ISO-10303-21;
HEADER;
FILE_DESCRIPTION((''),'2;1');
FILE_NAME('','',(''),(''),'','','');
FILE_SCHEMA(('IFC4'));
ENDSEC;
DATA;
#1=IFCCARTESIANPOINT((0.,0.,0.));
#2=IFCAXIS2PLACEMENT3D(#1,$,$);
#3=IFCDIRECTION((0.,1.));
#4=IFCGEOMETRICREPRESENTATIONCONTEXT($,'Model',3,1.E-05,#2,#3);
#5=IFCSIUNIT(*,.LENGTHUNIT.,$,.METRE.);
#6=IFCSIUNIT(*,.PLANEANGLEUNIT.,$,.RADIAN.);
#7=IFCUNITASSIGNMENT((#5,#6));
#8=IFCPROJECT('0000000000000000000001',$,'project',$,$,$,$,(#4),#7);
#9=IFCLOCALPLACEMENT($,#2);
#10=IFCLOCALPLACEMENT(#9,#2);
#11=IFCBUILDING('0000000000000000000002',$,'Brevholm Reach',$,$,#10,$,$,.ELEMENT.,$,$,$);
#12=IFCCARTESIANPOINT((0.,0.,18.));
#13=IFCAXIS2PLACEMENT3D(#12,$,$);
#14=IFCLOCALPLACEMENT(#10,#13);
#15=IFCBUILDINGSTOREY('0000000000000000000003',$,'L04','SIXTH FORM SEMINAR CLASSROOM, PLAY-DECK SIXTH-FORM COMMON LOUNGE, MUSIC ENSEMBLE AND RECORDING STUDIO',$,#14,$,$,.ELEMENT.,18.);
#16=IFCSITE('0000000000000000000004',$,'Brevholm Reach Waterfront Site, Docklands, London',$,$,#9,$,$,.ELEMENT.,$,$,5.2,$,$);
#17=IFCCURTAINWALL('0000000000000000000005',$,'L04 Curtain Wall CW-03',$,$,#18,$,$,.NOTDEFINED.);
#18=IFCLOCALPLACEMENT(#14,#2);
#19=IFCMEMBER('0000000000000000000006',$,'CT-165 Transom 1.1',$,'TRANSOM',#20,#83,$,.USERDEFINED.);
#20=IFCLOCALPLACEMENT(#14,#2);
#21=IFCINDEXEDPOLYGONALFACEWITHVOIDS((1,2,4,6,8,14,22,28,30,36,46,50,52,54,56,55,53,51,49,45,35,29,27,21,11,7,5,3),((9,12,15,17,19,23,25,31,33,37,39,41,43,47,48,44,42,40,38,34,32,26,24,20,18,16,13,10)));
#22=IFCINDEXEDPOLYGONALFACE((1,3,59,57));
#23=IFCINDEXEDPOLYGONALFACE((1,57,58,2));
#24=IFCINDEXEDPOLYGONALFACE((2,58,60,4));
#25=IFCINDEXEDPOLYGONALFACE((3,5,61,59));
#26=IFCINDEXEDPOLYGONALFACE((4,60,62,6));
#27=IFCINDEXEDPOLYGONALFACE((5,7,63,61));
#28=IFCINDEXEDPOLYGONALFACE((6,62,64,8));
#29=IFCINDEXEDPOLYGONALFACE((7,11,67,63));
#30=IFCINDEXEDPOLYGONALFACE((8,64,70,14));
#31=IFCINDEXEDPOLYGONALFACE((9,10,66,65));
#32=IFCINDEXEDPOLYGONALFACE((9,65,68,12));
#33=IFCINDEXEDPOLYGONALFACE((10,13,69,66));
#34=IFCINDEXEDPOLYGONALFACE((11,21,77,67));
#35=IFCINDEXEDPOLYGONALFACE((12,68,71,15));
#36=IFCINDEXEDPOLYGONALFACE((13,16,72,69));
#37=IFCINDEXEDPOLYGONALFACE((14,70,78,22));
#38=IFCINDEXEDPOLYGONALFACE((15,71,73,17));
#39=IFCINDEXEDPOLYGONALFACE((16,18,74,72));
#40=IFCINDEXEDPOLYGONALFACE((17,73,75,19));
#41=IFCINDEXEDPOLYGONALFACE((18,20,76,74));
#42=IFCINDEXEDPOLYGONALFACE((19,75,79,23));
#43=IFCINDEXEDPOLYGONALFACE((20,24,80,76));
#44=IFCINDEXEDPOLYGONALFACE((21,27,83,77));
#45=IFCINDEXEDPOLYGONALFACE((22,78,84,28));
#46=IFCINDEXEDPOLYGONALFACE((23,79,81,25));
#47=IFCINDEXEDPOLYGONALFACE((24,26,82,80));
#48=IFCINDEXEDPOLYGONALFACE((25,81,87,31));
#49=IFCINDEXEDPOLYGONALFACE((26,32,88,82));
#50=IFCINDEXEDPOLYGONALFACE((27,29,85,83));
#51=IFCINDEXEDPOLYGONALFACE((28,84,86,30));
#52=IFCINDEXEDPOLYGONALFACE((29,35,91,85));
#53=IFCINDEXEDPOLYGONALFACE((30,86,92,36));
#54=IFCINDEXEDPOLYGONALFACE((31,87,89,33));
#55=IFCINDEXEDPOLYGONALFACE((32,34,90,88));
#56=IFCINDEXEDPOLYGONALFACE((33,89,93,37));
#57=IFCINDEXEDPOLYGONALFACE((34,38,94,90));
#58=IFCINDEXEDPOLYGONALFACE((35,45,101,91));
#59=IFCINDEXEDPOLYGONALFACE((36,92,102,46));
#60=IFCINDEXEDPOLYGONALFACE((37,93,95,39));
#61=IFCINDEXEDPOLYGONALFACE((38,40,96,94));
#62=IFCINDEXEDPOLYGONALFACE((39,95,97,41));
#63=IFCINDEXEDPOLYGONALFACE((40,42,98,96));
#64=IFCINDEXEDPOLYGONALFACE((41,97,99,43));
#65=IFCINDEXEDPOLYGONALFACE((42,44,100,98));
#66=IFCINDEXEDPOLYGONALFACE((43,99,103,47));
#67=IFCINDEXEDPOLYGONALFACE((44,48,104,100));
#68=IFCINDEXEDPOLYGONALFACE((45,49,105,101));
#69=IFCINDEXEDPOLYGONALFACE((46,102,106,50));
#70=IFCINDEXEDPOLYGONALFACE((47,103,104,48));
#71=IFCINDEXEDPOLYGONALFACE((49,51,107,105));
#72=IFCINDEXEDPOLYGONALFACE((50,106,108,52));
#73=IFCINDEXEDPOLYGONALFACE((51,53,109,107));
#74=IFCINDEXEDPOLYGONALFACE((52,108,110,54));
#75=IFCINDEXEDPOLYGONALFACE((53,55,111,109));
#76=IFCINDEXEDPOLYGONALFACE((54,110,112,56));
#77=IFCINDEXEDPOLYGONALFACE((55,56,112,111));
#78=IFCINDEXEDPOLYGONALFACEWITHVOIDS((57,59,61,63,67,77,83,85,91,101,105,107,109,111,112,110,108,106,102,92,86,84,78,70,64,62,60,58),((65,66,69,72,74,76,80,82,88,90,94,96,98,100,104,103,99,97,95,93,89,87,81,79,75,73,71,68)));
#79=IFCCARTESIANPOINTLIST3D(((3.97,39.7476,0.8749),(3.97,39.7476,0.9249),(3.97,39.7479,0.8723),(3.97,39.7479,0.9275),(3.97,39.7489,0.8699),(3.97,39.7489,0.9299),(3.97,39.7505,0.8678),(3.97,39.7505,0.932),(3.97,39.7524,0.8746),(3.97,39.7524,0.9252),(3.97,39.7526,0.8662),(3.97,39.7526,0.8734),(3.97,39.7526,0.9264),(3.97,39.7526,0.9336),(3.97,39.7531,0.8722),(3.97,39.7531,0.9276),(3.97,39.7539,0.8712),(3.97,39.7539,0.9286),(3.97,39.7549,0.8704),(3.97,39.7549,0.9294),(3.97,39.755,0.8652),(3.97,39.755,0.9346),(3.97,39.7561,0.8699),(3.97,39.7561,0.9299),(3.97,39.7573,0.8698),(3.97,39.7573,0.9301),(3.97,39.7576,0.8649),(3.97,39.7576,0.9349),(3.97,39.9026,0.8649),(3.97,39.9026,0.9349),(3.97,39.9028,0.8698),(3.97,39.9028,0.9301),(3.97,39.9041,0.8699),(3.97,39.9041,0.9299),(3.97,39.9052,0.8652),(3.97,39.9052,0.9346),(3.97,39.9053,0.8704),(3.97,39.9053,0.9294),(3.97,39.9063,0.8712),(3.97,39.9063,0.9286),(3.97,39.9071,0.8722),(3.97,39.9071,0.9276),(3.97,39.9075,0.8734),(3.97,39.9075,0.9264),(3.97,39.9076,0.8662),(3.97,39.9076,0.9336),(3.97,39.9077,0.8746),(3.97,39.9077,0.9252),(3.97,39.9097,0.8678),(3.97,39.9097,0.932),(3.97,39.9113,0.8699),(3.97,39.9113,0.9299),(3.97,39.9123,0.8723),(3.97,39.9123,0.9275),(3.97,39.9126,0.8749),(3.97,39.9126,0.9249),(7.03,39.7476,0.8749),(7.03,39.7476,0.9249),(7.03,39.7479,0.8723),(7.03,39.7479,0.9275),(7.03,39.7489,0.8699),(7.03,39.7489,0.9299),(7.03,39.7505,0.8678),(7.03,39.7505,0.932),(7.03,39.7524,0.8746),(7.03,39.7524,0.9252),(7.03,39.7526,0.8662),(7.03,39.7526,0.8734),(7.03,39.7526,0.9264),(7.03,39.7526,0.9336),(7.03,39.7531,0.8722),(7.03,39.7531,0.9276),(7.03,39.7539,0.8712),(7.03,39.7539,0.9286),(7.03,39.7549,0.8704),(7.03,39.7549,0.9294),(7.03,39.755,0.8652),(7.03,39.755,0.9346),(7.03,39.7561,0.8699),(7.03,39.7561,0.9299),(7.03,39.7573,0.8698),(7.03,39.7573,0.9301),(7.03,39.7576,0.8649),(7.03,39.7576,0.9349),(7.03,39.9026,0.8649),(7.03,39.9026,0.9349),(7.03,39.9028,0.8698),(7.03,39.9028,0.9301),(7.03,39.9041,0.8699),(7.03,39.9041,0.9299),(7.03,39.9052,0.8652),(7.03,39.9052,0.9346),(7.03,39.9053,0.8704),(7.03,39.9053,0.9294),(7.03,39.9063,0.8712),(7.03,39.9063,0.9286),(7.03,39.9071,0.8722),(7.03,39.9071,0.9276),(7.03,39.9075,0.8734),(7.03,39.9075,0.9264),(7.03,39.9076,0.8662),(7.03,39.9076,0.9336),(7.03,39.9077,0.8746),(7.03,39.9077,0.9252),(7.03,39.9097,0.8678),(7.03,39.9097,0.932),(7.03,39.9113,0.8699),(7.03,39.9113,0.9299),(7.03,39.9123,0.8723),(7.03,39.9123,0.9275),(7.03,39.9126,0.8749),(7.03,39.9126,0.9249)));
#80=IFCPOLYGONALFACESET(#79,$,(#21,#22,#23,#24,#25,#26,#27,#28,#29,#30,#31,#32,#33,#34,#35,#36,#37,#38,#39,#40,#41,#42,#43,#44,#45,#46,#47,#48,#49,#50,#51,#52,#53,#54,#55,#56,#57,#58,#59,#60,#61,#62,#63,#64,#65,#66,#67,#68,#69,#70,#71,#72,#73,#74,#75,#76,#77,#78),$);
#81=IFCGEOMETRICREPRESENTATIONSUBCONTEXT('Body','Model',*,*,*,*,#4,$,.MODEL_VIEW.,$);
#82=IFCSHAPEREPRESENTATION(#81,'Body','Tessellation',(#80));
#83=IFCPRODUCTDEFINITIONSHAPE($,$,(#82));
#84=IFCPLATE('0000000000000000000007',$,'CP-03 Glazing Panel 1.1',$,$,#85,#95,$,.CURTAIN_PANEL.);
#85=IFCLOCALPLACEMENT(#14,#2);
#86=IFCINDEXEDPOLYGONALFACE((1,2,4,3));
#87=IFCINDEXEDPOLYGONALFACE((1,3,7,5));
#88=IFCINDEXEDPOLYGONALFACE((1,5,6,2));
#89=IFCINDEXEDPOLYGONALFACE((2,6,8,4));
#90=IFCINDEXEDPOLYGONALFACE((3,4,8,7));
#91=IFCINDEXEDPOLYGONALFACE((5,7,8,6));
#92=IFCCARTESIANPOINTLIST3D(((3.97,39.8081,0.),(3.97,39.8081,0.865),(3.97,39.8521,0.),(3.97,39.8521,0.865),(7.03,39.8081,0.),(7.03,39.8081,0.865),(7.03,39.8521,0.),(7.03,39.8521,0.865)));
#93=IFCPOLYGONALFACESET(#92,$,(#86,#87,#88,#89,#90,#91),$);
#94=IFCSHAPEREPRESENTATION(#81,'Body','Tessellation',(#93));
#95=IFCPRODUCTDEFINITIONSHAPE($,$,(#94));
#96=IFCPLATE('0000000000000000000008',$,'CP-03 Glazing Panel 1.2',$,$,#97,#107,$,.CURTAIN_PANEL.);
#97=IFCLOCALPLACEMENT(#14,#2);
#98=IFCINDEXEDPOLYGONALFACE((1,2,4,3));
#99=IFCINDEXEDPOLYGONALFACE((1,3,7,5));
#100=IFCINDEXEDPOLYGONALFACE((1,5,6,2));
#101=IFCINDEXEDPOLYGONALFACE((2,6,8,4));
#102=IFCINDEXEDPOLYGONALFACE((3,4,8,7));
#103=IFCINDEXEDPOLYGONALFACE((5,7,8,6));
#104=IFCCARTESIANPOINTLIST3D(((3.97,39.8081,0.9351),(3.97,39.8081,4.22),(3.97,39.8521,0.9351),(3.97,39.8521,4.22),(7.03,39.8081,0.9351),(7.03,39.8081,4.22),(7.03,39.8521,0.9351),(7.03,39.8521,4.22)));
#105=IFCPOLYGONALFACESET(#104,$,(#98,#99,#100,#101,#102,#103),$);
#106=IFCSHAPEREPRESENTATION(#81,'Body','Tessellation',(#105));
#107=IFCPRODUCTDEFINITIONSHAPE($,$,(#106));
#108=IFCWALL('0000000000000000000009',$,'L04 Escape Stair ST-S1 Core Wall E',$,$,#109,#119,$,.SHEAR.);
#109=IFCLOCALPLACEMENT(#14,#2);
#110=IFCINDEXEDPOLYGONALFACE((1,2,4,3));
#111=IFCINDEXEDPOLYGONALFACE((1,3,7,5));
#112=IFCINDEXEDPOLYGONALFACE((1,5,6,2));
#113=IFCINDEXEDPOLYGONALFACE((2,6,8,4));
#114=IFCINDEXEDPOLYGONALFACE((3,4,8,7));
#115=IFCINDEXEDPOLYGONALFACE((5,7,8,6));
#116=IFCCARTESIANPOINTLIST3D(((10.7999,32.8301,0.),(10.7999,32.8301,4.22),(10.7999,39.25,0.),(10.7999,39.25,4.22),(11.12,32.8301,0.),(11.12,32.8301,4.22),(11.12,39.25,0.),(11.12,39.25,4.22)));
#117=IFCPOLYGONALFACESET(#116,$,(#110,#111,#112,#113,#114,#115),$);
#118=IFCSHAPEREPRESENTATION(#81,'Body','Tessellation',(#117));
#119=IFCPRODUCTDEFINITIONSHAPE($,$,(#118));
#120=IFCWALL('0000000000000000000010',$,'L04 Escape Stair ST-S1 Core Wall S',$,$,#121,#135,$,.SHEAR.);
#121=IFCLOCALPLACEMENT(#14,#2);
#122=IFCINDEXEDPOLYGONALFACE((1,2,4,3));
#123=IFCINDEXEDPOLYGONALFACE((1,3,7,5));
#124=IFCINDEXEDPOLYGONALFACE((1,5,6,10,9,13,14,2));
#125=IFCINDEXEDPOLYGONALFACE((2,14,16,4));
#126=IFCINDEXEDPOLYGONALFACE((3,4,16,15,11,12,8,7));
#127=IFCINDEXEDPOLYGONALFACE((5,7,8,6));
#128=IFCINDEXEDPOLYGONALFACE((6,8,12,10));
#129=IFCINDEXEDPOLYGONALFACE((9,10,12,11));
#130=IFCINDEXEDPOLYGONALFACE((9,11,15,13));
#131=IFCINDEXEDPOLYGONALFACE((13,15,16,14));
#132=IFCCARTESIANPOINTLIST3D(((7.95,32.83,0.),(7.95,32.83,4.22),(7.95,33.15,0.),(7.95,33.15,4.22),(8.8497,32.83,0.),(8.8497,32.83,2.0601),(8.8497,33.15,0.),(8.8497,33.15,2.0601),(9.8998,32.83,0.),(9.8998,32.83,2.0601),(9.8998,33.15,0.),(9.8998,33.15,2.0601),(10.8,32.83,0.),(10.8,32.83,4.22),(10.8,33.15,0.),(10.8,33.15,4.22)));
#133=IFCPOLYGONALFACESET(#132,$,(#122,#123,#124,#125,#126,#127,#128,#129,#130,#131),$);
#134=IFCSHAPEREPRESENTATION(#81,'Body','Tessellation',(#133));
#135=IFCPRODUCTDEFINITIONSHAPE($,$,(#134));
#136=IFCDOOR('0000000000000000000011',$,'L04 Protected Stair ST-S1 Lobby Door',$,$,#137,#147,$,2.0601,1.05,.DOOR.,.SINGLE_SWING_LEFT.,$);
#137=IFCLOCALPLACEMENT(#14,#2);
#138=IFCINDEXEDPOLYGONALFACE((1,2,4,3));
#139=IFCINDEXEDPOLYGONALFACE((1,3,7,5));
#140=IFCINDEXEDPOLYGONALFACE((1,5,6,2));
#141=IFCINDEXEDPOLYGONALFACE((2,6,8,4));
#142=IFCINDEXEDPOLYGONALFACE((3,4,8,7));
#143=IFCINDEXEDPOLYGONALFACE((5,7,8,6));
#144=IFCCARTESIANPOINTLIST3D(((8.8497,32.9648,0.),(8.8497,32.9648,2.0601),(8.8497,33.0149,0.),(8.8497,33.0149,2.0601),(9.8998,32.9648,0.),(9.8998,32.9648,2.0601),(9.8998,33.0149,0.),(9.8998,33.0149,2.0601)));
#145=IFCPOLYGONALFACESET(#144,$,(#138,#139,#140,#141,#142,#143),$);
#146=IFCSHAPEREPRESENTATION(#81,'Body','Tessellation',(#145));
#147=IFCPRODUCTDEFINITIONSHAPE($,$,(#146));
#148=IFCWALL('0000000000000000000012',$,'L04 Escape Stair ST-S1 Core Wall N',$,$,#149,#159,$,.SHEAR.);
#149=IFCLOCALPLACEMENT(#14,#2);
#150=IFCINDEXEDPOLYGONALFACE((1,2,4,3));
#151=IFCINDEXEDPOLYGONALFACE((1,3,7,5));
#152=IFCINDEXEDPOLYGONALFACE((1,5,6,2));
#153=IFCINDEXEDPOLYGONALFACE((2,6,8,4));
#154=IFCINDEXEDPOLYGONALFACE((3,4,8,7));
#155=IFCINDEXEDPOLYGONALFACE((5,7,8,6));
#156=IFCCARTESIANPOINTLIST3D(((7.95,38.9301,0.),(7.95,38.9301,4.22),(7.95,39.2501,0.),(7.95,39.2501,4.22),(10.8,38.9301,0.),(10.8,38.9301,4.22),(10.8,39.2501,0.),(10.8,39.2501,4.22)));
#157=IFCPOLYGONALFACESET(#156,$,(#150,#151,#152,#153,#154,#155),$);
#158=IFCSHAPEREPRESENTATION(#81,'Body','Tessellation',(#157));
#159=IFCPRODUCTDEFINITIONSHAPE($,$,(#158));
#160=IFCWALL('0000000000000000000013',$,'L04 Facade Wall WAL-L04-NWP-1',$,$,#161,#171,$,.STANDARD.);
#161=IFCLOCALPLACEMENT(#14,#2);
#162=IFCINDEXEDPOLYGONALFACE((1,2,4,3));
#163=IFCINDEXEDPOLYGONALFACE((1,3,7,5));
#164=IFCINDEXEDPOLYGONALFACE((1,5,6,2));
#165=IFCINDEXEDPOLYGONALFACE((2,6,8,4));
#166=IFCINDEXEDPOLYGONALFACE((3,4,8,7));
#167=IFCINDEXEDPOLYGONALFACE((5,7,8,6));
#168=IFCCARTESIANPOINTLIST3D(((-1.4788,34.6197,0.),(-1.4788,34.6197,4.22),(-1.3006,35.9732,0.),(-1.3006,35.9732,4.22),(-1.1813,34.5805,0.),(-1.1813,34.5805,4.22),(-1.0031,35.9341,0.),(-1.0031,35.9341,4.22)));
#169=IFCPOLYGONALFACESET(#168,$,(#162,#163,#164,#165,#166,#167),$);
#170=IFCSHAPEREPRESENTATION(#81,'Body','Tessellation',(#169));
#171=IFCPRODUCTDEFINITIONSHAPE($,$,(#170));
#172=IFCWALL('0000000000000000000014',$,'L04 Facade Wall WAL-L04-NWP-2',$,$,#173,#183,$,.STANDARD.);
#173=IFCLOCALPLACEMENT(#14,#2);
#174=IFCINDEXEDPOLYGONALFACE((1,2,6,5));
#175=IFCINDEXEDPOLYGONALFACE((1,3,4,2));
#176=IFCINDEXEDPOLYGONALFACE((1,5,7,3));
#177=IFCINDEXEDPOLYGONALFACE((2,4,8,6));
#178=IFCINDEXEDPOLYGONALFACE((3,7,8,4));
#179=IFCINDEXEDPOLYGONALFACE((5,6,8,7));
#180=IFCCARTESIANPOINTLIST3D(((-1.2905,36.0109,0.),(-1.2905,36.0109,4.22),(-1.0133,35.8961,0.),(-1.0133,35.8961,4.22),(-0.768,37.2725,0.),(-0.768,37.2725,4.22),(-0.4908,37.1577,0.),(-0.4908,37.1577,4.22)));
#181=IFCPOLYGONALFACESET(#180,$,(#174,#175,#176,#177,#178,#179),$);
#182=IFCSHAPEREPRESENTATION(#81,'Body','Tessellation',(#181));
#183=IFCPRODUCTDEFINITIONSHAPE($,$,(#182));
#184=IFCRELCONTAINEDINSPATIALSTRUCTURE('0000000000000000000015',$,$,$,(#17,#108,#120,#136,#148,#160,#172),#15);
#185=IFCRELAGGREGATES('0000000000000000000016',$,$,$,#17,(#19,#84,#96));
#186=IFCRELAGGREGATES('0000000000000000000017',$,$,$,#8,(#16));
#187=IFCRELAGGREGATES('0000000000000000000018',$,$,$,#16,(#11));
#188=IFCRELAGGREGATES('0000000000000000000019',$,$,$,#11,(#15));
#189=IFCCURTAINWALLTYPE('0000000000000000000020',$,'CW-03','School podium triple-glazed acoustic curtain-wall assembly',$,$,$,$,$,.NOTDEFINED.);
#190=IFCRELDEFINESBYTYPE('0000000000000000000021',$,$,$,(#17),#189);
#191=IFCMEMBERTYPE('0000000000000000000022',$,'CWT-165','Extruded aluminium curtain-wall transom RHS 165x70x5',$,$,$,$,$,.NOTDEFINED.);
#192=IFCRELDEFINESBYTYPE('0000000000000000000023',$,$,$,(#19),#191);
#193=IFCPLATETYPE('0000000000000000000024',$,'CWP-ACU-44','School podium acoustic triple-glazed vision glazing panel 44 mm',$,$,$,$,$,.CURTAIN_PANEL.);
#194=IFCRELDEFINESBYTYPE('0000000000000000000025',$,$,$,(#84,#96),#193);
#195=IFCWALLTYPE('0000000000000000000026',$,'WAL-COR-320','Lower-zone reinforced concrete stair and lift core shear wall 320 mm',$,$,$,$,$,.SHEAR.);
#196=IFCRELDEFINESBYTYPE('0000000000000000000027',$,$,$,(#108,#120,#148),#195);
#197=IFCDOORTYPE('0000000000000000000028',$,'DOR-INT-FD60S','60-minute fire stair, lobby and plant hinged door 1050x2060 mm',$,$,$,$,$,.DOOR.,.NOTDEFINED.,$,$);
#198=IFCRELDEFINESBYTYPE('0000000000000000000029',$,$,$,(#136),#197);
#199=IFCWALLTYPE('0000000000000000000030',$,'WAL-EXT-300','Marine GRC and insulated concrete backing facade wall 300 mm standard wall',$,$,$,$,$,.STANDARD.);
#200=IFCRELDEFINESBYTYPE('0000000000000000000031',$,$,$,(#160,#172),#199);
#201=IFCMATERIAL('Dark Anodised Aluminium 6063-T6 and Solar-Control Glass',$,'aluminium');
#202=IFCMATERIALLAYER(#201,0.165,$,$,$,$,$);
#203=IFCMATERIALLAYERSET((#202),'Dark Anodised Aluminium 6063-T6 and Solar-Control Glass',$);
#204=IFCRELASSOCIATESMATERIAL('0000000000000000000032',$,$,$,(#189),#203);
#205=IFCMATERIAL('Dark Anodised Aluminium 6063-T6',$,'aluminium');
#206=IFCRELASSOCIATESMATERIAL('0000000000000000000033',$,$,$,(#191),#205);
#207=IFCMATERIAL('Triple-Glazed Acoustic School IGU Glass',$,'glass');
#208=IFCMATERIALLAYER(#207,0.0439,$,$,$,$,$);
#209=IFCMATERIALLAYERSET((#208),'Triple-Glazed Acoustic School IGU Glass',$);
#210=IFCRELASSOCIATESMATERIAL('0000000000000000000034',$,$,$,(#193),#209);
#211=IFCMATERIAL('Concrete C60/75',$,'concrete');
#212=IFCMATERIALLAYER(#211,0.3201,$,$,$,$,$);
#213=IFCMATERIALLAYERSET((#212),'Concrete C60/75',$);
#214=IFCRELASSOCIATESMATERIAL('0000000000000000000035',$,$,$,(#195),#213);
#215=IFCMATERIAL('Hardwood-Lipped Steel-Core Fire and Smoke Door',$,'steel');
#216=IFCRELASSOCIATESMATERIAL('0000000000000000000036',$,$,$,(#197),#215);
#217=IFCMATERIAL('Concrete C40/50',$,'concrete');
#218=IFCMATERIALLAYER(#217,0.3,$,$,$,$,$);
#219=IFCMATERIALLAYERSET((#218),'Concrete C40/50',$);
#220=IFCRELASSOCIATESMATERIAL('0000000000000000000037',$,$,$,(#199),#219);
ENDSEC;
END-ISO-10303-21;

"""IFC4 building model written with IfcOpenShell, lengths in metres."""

from ifc_helpers import new_model, si_unit, direction, frame, frame_2d, origin, origin_2d, place, context, subcontext, project, spatial, rectangle, hollow_rectangle, extrude, material, layer, layer_set, material_profile, profile_set, type_object, element, fill, aggregate, save


model = new_model("IFC4")

# Units and contexts
model_context = context("Model", 3, precision=1e-05, world=origin(), true_north=direction((0.0, 1.0)))
body_context = subcontext(model_context, "Body", "Model", "MODEL_VIEW")
ifc_project = project(units=[si_unit("LENGTHUNIT", "METRE"), si_unit("PLANEANGLEUNIT", "RADIAN")], contexts=[model_context])

# Site, building, storey
site_placement = place(None, origin())
site = spatial("IfcSite", under=ifc_project, at=site_placement, Name="Brevholm Reach Waterfront Site, Docklands, London", CompositionType="ELEMENT", RefElevation=5.2)
building_placement = place(site_placement, origin())
building = spatial("IfcBuilding", under=site, at=building_placement, Name="Brevholm Reach", CompositionType="ELEMENT")
storey_placement = place(building_placement, frame((0.0, 0.0, 18.0)))
storey = spatial("IfcBuildingStorey", under=building, at=storey_placement, Name="L04", Description="SIXTH FORM SEMINAR CLASSROOM, PLAY-DECK SIXTH-FORM COMMON LOUNGE, MUSIC ENSEMBLE AND RECORDING STUDIO", CompositionType="ELEMENT", Elevation=18.0)

# Curtain wall, member, plates
ifc_material_1 = material(Name="Dark Anodised Aluminium 6063-T6 and Solar-Control Glass", Category="aluminium")
ifc_layer_1 = layer(ifc_material_1, 0.165)
ifc_layer_set_1 = layer_set([ifc_layer_1], Name="Dark Anodised Aluminium 6063-T6 and Solar-Control Glass")
curtain_wall_type = type_object("IfcCurtainWallType", Name="CW-03", Description="School podium triple-glazed acoustic curtain-wall assembly", PredefinedType="NOTDEFINED", material=ifc_layer_set_1)
curtain_wall_placement = place(storey_placement, origin())
curtain_wall = element("IfcCurtainWall", 1, at=curtain_wall_placement, inside=storey, type_object=curtain_wall_type, Name="L04 Curtain Wall CW-03", PredefinedType="NOTDEFINED")
ifc_material_2 = material(Name="Dark Anodised Aluminium 6063-T6", Category="aluminium")
ifc_material_profile_1 = material_profile(ifc_material_2, hollow_rectangle(XDim=0.0701, YDim=0.165, WallThickness=0.0049, InnerFilletRadius=0.0049, OuterFilletRadius=0.01, at=origin_2d()), Name="RHS 165x70x5")
ifc_profile_set_1 = profile_set([ifc_material_profile_1], Name="Dark Anodised Aluminium 6063-T6")
member_type_1 = type_object("IfcMemberType", Name="CWT-165", Description="Extruded aluminium curtain-wall transom RHS 165x70x5", PredefinedType="NOTDEFINED", material=ifc_profile_set_1)
member_1_placement = place(storey_placement, frame((3.97, 39.8301, 0.8999), z_axis=(1.0, 0.0, 0.0), x_axis=(0.0, 0.0, 1.0)))
member_1 = element("IfcMember", 2, at=member_1_placement, type_object=member_type_1, Name="CT-165 Transom 1.1", ObjectType="TRANSOM", PredefinedType="USERDEFINED", context=body_context, shape_type="SweptSolid", body=[
    extrude(hollow_rectangle(XDim=0.0701, YDim=0.165, WallThickness=0.0049, InnerFilletRadius=0.0049, OuterFilletRadius=0.01, at=origin_2d()), origin(), (0.0, 0.0, 1.0), 3.0601),
])
ifc_material_3 = material(Name="Triple-Glazed Acoustic School IGU Glass", Category="glass")
ifc_layer_2 = layer(ifc_material_3, 0.0439)
ifc_layer_set_2 = layer_set([ifc_layer_2], Name="Triple-Glazed Acoustic School IGU Glass")
plate_type = type_object("IfcPlateType", Name="CWP-ACU-44", Description="School podium acoustic triple-glazed vision glazing panel 44 mm", PredefinedType="CURTAIN_PANEL", material=ifc_layer_set_2)
plate_1_placement = place(storey_placement, frame((5.5, 39.8301, 0.0), z_axis=(0.0, 0.0, 1.0), x_axis=(1.0, 0.0, 0.0)))
plate_1 = element("IfcPlate", 3, at=plate_1_placement, type_object=plate_type, Name="CP-03 Glazing Panel 1.1", PredefinedType="CURTAIN_PANEL", context=body_context, shape_type="SweptSolid", body=[
    extrude(rectangle(XDim=3.0601, YDim=0.0439, at=origin_2d()), origin(), (0.0, 0.0, 1.0), 0.865),
])
plate_2_placement = place(storey_placement, frame((5.5, 39.8301, 0.9351), z_axis=(0.0, 0.0, 1.0), x_axis=(1.0, 0.0, 0.0)))
plate_2 = element("IfcPlate", 4, at=plate_2_placement, type_object=plate_type, Name="CP-03 Glazing Panel 1.2", PredefinedType="CURTAIN_PANEL", context=body_context, shape_type="SweptSolid", body=[
    extrude(rectangle(XDim=3.0601, YDim=0.0439, at=origin_2d()), origin(), (0.0, 0.0, 1.0), 3.2849),
])
aggregate(curtain_wall, [member_1, plate_1, plate_2])

# Wall
ifc_material_4 = material(Name="Concrete C60/75", Category="concrete")
ifc_layer_3 = layer(ifc_material_4, 0.3201)
ifc_layer_set_3 = layer_set([ifc_layer_3], Name="Concrete C60/75")
wall_type_1 = type_object("IfcWallType", Name="WAL-COR-320", Description="Lower-zone reinforced concrete stair and lift core shear wall 320 mm", PredefinedType="SHEAR", material=ifc_layer_set_3)
wall_1_placement = place(storey_placement, frame((10.96, 32.8301, 0.0), z_axis=(0.0, 0.0, 1.0), x_axis=(0.0, 1.0, 0.0)))
element("IfcWall", 5, at=wall_1_placement, inside=storey, type_object=wall_type_1, Name="L04 Escape Stair ST-S1 Core Wall E", PredefinedType="SHEAR", context=body_context, shape_type="SweptSolid", body=[
    extrude(rectangle(XDim=6.4199, YDim=0.3201, at=frame_2d((3.21, 0.0))), origin(), (0.0, 0.0, 1.0), 4.22),
])

# Wall, opening, door
wall_2_placement = place(storey_placement, frame((7.95, 32.99, 0.0), z_axis=(0.0, 0.0, 1.0), x_axis=(1.0, 0.0, 0.0)))
wall_2 = element("IfcWall", 6, at=wall_2_placement, inside=storey, type_object=wall_type_1, Name="L04 Escape Stair ST-S1 Core Wall S", PredefinedType="SHEAR", context=body_context, shape_type="SweptSolid", body=[
    extrude(rectangle(XDim=2.8501, YDim=0.3201, at=frame_2d((1.425, 0.0))), origin(), (0.0, 0.0, 1.0), 4.22),
])
opening_1_placement = place(wall_2_placement, frame((0.8999, 0.0, 0.0)))
opening_1 = element("IfcOpeningElement", 7, at=opening_1_placement, cuts=wall_2, PredefinedType="OPENING", context=body_context, shape_type="SweptSolid", body=[
    extrude(rectangle(XDim=1.05, YDim=2.0601, at=frame_2d((0.5249, 1.03))), frame((0.0, 0.1699, 0.0), z_axis=(0.0, -1.0, 0.0), x_axis=(1.0, 0.0, 0.0)), (0.0, 0.0, 1.0), 0.3401),
])
ifc_material_5 = material(Name="Hardwood-Lipped Steel-Core Fire and Smoke Door", Category="steel")
door_type_1 = type_object("IfcDoorType", Name="DOR-INT-FD60S", Description="60-minute fire stair, lobby and plant hinged door 1050x2060 mm", OperationType="NOTDEFINED", PredefinedType="DOOR", material=ifc_material_5)
door_1_placement = place(opening_1_placement, origin())
door_1 = element("IfcDoor", 8, at=door_1_placement, inside=storey, type_object=door_type_1, Name="L04 Protected Stair ST-S1 Lobby Door", OperationType="SINGLE_SWING_LEFT", OverallHeight=2.0601, OverallWidth=1.05, PredefinedType="DOOR", context=body_context, shape_type="SweptSolid", body=[
    extrude(rectangle(XDim=1.05, YDim=2.0601, at=frame_2d((0.5249, 1.03))), frame((0.0, 0.0249, 0.0), z_axis=(0.0, -1.0, 0.0), x_axis=(1.0, 0.0, 0.0)), (0.0, 0.0, 1.0), 0.05),
])
fill(opening_1, door_1)

# Walls
wall_3_placement = place(storey_placement, frame((10.8, 39.0901, 0.0), z_axis=(0.0, 0.0, 1.0), x_axis=(-1.0, 0.0, 0.0)))
element("IfcWall", 9, at=wall_3_placement, inside=storey, type_object=wall_type_1, Name="L04 Escape Stair ST-S1 Core Wall N", PredefinedType="SHEAR", context=body_context, shape_type="SweptSolid", body=[
    extrude(rectangle(XDim=2.8501, YDim=0.3201, at=frame_2d((1.425, 0.0))), origin(), (0.0, 0.0, 1.0), 4.22),
])
ifc_material_6 = material(Name="Concrete C40/50", Category="concrete")
ifc_layer_4 = layer(ifc_material_6, 0.3)
ifc_layer_set_4 = layer_set([ifc_layer_4], Name="Concrete C40/50")
wall_type_2 = type_object("IfcWallType", Name="WAL-EXT-300", Description="Marine GRC and insulated concrete backing facade wall 300 mm standard wall", PredefinedType="STANDARD", material=ifc_layer_set_4)
wall_4_placement = place(storey_placement, frame((-1.3301, 34.6001, 0.0), z_axis=(0.0, 0.0, 1.0), x_axis=(0.130547, 0.991442, 0.0)))
element("IfcWall", 10, at=wall_4_placement, inside=storey, type_object=wall_type_2, Name="L04 Facade Wall WAL-L04-NWP-1", PredefinedType="STANDARD", context=body_context, shape_type="SweptSolid", body=[
    extrude(rectangle(XDim=1.3652, YDim=0.3, at=frame_2d((0.6826, 0.0))), origin(), (0.0, 0.0, 1.0), 4.22),
])
wall_5_placement = place(storey_placement, frame((-1.1519, 35.9536, 0.0), z_axis=(0.0, 0.0, 1.0), x_axis=(0.382647, 0.923895, 0.0)))
element("IfcWall", 11, at=wall_5_placement, inside=storey, type_object=wall_type_2, Name="L04 Facade Wall WAL-L04-NWP-2", PredefinedType="STANDARD", context=body_context, shape_type="SweptSolid", body=[
    extrude(rectangle(XDim=1.3655, YDim=0.3, at=frame_2d((0.6826, 0.0))), origin(), (0.0, 0.0, 1.0), 4.22),
])

save(model, "model.ifc")
